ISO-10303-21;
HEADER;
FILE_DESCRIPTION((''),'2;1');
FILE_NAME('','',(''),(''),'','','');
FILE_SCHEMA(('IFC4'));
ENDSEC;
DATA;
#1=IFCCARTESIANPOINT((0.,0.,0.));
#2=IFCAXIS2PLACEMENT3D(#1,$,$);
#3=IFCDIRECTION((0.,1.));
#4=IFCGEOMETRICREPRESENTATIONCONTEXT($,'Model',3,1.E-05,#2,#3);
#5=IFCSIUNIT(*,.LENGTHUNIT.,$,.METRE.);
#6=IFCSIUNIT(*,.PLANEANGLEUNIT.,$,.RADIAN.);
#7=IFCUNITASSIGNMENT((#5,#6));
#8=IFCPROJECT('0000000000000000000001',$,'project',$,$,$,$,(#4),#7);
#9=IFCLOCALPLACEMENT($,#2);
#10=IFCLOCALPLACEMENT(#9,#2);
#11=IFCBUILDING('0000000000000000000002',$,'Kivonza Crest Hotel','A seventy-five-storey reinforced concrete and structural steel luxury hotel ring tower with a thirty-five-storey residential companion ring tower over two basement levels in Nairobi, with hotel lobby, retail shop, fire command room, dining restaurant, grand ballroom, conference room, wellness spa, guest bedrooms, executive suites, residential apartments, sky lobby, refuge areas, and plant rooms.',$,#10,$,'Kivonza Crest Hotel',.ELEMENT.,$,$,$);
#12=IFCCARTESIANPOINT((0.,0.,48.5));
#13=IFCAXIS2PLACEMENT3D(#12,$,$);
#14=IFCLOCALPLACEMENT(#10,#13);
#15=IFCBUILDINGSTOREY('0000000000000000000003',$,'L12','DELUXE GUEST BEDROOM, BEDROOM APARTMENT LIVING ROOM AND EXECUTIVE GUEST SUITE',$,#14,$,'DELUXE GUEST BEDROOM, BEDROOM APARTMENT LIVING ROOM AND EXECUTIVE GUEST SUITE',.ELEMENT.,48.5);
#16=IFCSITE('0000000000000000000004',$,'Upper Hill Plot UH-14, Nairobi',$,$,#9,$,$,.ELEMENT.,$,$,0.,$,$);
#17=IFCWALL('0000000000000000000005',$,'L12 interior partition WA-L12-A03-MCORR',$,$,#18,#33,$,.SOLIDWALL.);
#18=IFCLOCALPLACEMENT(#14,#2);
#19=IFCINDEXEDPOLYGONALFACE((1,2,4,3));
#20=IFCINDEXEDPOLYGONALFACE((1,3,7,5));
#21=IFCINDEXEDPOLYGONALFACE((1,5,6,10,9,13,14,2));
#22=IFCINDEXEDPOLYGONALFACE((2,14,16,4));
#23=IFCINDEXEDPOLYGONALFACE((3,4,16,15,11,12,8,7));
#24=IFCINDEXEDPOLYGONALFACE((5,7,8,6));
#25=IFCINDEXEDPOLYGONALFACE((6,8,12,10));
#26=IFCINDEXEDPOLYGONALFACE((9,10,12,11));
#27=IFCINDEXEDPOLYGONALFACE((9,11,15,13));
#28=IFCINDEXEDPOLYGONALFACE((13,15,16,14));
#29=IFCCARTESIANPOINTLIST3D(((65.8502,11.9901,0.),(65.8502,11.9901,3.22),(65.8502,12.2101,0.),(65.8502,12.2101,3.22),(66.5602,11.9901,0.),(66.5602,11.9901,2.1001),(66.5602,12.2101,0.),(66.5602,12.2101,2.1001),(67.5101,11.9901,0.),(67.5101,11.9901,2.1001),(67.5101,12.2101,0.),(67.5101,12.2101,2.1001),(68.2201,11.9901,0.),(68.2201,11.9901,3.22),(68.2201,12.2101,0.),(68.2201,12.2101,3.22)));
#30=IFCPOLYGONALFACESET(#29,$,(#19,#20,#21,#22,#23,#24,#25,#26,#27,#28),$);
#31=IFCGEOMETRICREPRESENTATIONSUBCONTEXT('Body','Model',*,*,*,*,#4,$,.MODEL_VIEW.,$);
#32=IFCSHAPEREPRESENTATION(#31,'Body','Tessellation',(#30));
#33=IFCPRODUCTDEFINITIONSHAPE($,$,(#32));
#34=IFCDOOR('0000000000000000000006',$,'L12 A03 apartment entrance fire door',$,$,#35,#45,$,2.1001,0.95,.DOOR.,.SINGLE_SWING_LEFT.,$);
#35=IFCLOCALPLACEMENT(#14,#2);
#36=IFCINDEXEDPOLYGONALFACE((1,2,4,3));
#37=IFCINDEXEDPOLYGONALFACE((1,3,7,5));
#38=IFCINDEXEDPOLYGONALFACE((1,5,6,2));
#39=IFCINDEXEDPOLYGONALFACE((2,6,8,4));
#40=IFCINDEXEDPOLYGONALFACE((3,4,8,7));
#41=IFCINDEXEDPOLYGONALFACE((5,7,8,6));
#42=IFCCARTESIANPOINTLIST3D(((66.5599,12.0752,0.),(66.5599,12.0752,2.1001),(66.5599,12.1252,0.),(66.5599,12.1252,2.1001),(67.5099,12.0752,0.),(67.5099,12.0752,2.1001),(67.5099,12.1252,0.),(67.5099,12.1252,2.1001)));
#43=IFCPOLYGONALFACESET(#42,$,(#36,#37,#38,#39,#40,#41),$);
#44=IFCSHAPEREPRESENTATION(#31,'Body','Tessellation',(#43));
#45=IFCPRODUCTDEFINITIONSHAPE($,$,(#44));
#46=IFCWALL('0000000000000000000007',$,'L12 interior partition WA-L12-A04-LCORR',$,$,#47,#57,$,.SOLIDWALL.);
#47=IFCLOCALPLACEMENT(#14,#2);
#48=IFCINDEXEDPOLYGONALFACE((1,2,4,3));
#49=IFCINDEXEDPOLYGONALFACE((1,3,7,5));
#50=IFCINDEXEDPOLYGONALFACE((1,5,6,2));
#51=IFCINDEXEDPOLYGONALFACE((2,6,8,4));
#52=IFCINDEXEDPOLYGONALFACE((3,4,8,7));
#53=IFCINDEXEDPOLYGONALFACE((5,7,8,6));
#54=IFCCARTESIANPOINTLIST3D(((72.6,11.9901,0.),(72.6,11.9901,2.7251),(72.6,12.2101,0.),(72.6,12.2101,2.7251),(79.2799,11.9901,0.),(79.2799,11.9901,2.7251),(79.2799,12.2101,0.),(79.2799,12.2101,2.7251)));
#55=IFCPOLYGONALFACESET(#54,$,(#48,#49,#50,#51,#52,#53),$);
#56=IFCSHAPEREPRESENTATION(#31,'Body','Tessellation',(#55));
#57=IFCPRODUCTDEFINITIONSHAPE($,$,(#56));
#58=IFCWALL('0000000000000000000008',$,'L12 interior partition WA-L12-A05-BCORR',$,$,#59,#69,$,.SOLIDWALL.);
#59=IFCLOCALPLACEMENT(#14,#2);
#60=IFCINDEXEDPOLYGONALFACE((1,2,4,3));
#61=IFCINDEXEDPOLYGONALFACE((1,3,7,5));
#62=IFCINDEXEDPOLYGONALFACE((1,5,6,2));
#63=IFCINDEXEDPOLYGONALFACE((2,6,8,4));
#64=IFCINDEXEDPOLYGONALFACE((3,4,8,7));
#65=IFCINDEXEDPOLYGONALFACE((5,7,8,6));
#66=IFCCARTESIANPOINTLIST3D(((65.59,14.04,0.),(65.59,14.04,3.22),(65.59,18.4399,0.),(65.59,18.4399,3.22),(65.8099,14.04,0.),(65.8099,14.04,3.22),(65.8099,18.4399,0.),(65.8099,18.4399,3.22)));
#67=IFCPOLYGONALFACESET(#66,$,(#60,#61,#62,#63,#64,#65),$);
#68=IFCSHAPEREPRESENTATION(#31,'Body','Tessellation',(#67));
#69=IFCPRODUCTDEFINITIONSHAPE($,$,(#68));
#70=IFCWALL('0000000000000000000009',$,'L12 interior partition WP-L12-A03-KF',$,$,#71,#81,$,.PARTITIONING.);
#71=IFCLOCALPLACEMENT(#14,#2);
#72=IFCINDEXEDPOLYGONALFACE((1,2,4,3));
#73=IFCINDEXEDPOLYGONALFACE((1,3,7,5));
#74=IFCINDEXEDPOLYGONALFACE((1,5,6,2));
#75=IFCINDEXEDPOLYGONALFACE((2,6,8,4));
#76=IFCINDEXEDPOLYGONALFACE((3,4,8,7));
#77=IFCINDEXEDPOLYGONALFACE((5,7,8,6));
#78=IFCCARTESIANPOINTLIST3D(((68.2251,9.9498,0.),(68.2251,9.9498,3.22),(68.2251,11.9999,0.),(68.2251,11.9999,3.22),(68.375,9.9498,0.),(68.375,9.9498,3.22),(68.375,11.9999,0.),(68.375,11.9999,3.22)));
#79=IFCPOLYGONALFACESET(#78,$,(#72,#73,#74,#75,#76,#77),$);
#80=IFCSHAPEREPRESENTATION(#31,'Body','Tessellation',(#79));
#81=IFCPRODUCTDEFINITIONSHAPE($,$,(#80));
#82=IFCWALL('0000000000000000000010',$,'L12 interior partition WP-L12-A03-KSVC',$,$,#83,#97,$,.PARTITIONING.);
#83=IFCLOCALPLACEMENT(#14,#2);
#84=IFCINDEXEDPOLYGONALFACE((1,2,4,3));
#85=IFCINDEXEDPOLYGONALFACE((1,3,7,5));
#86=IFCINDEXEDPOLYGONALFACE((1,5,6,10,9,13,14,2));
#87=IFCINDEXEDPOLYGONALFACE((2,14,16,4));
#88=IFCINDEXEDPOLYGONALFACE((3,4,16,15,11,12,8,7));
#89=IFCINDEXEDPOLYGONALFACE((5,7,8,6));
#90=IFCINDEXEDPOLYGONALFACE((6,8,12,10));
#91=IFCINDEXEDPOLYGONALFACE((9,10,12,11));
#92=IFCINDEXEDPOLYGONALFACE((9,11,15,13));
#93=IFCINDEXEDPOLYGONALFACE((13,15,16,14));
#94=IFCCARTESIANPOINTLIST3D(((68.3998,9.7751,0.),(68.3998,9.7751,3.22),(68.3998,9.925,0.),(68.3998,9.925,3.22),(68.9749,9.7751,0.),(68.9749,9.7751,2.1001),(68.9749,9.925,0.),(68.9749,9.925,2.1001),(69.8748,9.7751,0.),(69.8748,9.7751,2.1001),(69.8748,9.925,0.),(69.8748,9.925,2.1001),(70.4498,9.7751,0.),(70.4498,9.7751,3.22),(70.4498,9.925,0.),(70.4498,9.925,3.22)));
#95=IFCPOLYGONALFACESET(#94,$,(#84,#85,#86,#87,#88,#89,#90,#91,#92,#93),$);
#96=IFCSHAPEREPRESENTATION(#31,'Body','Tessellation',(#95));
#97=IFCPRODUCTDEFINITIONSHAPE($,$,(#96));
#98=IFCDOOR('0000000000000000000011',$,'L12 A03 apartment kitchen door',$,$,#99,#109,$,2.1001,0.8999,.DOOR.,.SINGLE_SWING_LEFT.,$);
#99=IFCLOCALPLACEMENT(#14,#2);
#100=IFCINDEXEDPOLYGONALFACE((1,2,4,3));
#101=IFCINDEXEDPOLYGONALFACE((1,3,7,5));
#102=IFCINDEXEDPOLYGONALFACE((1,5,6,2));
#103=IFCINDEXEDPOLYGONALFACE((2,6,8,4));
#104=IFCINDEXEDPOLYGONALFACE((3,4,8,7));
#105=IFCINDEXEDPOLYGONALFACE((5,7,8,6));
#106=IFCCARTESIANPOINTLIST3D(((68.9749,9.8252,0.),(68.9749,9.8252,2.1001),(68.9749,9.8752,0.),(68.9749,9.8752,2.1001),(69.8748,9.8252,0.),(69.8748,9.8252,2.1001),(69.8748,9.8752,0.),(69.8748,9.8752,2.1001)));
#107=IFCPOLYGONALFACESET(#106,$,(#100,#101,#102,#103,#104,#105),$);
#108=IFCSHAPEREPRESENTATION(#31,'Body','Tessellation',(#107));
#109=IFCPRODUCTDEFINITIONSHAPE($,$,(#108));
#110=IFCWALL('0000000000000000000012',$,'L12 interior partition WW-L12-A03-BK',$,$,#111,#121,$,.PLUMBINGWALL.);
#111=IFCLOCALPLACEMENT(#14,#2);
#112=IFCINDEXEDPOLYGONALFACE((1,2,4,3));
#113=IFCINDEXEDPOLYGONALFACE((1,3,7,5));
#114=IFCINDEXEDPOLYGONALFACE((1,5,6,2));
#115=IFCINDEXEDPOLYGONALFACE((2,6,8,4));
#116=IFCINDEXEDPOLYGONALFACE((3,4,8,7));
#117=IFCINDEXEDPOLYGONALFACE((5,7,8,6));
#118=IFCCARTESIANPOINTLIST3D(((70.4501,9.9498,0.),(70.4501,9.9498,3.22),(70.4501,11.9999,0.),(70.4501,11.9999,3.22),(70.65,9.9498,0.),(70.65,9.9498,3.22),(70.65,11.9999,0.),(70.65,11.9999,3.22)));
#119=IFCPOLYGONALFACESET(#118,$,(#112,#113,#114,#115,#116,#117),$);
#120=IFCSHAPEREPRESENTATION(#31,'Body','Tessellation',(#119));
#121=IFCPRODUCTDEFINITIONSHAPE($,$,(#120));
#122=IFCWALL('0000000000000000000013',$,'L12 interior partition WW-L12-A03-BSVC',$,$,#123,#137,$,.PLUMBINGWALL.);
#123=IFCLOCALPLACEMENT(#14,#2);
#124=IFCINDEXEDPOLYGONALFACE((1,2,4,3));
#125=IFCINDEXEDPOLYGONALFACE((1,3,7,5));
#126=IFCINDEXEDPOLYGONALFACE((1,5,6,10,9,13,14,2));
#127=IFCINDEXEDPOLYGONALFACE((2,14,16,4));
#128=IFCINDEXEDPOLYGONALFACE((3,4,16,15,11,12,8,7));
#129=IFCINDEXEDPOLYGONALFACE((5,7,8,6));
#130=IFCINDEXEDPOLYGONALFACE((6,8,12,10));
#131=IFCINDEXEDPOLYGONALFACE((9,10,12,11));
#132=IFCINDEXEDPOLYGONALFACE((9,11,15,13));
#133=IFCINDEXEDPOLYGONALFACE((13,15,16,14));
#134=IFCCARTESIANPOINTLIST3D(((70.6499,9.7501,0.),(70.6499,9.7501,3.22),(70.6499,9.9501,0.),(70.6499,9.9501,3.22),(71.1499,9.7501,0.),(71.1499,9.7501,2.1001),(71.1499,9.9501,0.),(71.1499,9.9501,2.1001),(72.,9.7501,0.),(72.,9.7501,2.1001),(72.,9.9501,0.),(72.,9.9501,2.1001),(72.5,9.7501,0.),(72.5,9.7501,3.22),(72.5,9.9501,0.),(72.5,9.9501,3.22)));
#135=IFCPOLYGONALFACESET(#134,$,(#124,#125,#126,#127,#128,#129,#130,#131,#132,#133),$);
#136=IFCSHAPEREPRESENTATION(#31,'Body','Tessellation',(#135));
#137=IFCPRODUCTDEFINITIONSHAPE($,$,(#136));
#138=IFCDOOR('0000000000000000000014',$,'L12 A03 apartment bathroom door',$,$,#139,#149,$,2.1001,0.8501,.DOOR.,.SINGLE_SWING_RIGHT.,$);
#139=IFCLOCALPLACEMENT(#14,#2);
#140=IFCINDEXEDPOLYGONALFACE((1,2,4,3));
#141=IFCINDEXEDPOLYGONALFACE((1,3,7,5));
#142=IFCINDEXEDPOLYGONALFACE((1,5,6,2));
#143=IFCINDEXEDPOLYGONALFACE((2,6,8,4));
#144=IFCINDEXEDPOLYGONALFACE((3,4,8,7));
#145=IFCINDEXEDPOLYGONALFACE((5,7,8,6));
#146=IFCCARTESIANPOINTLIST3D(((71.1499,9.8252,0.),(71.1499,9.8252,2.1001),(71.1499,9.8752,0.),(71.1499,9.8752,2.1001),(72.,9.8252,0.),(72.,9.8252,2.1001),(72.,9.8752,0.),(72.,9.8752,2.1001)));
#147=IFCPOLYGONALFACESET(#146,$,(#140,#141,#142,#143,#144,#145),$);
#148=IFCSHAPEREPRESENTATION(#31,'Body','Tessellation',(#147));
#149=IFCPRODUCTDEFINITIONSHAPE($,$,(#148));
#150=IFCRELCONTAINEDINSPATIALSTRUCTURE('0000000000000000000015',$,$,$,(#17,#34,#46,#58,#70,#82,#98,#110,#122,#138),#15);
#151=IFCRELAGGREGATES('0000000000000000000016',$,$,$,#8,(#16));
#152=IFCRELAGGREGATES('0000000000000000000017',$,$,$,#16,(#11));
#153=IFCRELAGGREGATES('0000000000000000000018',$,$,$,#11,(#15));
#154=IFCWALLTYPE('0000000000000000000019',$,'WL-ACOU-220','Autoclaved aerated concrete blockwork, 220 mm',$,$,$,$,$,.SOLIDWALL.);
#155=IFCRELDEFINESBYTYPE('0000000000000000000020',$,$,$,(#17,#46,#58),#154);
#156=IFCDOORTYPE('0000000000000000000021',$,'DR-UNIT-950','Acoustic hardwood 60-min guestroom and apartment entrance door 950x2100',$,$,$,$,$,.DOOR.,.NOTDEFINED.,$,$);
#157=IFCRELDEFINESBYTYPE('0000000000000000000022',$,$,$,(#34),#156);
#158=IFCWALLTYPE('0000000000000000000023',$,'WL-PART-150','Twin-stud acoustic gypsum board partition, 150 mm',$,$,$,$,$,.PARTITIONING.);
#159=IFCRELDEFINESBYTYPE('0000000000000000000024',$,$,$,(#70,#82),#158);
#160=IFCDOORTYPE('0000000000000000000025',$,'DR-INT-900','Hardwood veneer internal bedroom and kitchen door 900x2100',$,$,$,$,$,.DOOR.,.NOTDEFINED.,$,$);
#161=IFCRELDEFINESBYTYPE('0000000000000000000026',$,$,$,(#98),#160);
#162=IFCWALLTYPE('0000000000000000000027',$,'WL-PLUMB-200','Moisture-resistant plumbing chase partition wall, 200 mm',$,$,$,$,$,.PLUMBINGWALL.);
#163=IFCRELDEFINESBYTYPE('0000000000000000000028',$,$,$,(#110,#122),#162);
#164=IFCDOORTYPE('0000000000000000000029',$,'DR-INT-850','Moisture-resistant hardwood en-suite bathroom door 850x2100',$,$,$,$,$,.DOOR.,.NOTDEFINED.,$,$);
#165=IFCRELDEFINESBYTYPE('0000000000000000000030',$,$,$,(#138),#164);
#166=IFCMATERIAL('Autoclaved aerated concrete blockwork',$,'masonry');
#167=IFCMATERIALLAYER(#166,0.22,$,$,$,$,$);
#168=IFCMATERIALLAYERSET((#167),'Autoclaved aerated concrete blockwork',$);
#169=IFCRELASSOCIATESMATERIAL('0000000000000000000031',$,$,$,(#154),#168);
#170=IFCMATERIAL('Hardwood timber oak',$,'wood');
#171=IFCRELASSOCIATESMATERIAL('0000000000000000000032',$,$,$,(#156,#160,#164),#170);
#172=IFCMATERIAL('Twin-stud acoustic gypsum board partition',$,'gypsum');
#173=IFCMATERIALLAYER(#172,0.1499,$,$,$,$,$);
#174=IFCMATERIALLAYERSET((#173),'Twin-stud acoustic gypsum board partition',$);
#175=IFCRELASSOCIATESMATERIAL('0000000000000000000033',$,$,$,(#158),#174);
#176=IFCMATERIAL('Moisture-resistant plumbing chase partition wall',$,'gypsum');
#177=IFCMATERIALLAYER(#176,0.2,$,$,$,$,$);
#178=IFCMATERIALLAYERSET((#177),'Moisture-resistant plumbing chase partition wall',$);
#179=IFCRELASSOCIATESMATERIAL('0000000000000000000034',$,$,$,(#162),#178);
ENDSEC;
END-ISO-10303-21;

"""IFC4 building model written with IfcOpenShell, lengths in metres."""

from ifc_helpers import new_model, si_unit, direction, frame, frame_2d, origin, place, context, subcontext, project, spatial, rectangle, extrude, material, layer, layer_set, type_object, element, fill, save


model = new_model("IFC4")

# Units and contexts
model_context = context("Model", 3, precision=1e-05, world=origin(), true_north=direction((0.0, 1.0)))
body_context = subcontext(model_context, "Body", "Model", "MODEL_VIEW")
ifc_project = project(units=[si_unit("LENGTHUNIT", "METRE"), si_unit("PLANEANGLEUNIT", "RADIAN")], contexts=[model_context])

# Site, building, storey
site_placement = place(None, origin())
site = spatial("IfcSite", under=ifc_project, at=site_placement, Name="Upper Hill Plot UH-14, Nairobi", CompositionType="ELEMENT", RefElevation=0.0)
building_placement = place(site_placement, origin())
building = spatial("IfcBuilding", under=site, at=building_placement, Name="Kivonza Crest Hotel", Description="A seventy-five-storey reinforced concrete and structural steel luxury hotel ring tower with a thirty-five-storey residential companion ring tower over two basement levels in Nairobi, with hotel lobby, retail shop, fire command room, dining restaurant, grand ballroom, conference room, wellness spa, guest bedrooms, executive suites, residential apartments, sky lobby, refuge areas, and plant rooms.", LongName="Kivonza Crest Hotel", CompositionType="ELEMENT")
storey_placement = place(building_placement, frame((0.0, 0.0, 48.5)))
storey = spatial("IfcBuildingStorey", under=building, at=storey_placement, Name="L12", Description="DELUXE GUEST BEDROOM, BEDROOM APARTMENT LIVING ROOM AND EXECUTIVE GUEST SUITE", LongName="DELUXE GUEST BEDROOM, BEDROOM APARTMENT LIVING ROOM AND EXECUTIVE GUEST SUITE", CompositionType="ELEMENT", Elevation=48.5)

# Shared definitions
ifc_material_1 = material(Name="Autoclaved aerated concrete blockwork", Category="masonry")
ifc_layer_1 = layer(ifc_material_1, 0.22)
ifc_layer_set_1 = layer_set([ifc_layer_1], Name="Autoclaved aerated concrete blockwork")
wall_type_1 = type_object("IfcWallType", Name="WL-ACOU-220", Description="Autoclaved aerated concrete blockwork, 220 mm", PredefinedType="SOLIDWALL", material=ifc_layer_set_1)

# Wall, opening, door
wall_1_placement = place(storey_placement, frame((65.8501, 12.1001, 0.0), z_axis=(0.0, 0.0, 1.0), x_axis=(1.0, 0.0, 0.0)))
wall_1 = element("IfcWall", 1, at=wall_1_placement, inside=storey, type_object=wall_type_1, Name="L12 interior partition WA-L12-A03-MCORR", PredefinedType="SOLIDWALL", context=body_context, shape_type="SweptSolid", body=[
    extrude(rectangle(XDim=2.3699, YDim=0.22, at=frame_2d((1.1851, 0.0))), origin(), (0.0, 0.0, 1.0), 3.22),
])
opening_1_placement = place(wall_1_placement, frame((0.71, 0.0, 0.0)))
opening_1 = element("IfcOpeningElement", 2, at=opening_1_placement, cuts=wall_1, PredefinedType="OPENING", context=body_context, shape_type="SweptSolid", body=[
    extrude(rectangle(XDim=0.95, YDim=2.1001, at=frame_2d((0.4751, 1.05))), frame((0.0, 0.1201, 0.0), z_axis=(0.0, -1.0, 0.0), x_axis=(1.0, 0.0, 0.0)), (0.0, 0.0, 1.0), 0.24),
])
ifc_material_2 = material(Name="Hardwood timber oak", Category="wood")
door_type_1 = type_object("IfcDoorType", Name="DR-UNIT-950", Description="Acoustic hardwood 60-min guestroom and apartment entrance door 950x2100", OperationType="NOTDEFINED", PredefinedType="DOOR", material=ifc_material_2)
door_1_placement = place(opening_1_placement, frame((0.95, 0.0, 0.0), z_axis=(0.0, 0.0, 1.0), x_axis=(-1.0, 0.0, 0.0)))
door_1 = element("IfcDoor", 3, at=door_1_placement, inside=storey, type_object=door_type_1, Name="L12 A03 apartment entrance fire door", OperationType="SINGLE_SWING_LEFT", OverallHeight=2.1001, OverallWidth=0.95, PredefinedType="DOOR", context=body_context, shape_type="SweptSolid", body=[
    extrude(rectangle(XDim=0.95, YDim=2.1001, at=frame_2d((0.4751, 1.05))), frame((0.0, 0.0249, 0.0), z_axis=(0.0, -1.0, 0.0), x_axis=(1.0, 0.0, 0.0)), (0.0, 0.0, 1.0), 0.05),
])
fill(opening_1, door_1)

# Walls
wall_2_placement = place(storey_placement, frame((72.6001, 12.1001, 0.0), z_axis=(0.0, 0.0, 1.0), x_axis=(1.0, 0.0, 0.0)))
element("IfcWall", 4, at=wall_2_placement, inside=storey, type_object=wall_type_1, Name="L12 interior partition WA-L12-A04-LCORR", PredefinedType="SOLIDWALL", context=body_context, shape_type="SweptSolid", body=[
    extrude(rectangle(XDim=6.6799, YDim=0.22, at=frame_2d((3.3398, 0.0))), origin(), (0.0, 0.0, 1.0), 2.7251),
])
wall_3_placement = place(storey_placement, frame((65.7, 14.04, 0.0), z_axis=(0.0, 0.0, 1.0), x_axis=(0.0, 1.0, 0.0)))
element("IfcWall", 5, at=wall_3_placement, inside=storey, type_object=wall_type_1, Name="L12 interior partition WA-L12-A05-BCORR", PredefinedType="SOLIDWALL", context=body_context, shape_type="SweptSolid", body=[
    extrude(rectangle(XDim=4.3999, YDim=0.22, at=frame_2d((2.2, 0.0))), origin(), (0.0, 0.0, 1.0), 3.22),
])

# Wall
ifc_material_3 = material(Name="Twin-stud acoustic gypsum board partition", Category="gypsum")
ifc_layer_2 = layer(ifc_material_3, 0.1499)
ifc_layer_set_2 = layer_set([ifc_layer_2], Name="Twin-stud acoustic gypsum board partition")
wall_type_2 = type_object("IfcWallType", Name="WL-PART-150", Description="Twin-stud acoustic gypsum board partition, 150 mm", PredefinedType="PARTITIONING", material=ifc_layer_set_2)
wall_4_placement = place(storey_placement, frame((68.3, 9.95, 0.0), z_axis=(0.0, 0.0, 1.0), x_axis=(0.0, 1.0, 0.0)))
element("IfcWall", 6, at=wall_4_placement, inside=storey, type_object=wall_type_2, Name="L12 interior partition WP-L12-A03-KF", PredefinedType="PARTITIONING", context=body_context, shape_type="SweptSolid", body=[
    extrude(rectangle(XDim=2.05, YDim=0.1499, at=frame_2d((1.0249, 0.0))), origin(), (0.0, 0.0, 1.0), 3.22),
])

# Wall, opening, door
wall_5_placement = place(storey_placement, frame((68.3999, 9.8501, 0.0), z_axis=(0.0, 0.0, 1.0), x_axis=(1.0, 0.0, 0.0)))
wall_5 = element("IfcWall", 7, at=wall_5_placement, inside=storey, type_object=wall_type_2, Name="L12 interior partition WP-L12-A03-KSVC", PredefinedType="PARTITIONING", context=body_context, shape_type="SweptSolid", body=[
    extrude(rectangle(XDim=2.05, YDim=0.1499, at=frame_2d((1.0249, 0.0))), origin(), (0.0, 0.0, 1.0), 3.22),
])
opening_2_placement = place(wall_5_placement, frame((0.575, 0.0, 0.0)))
opening_2 = element("IfcOpeningElement", 8, at=opening_2_placement, cuts=wall_5, PredefinedType="OPENING", context=body_context, shape_type="SweptSolid", body=[
    extrude(rectangle(XDim=0.8999, YDim=2.1001, at=frame_2d((0.45, 1.05))), frame((0.0, 0.085, 0.0), z_axis=(0.0, -1.0, 0.0), x_axis=(1.0, 0.0, 0.0)), (0.0, 0.0, 1.0), 0.1699),
])
door_type_2 = type_object("IfcDoorType", Name="DR-INT-900", Description="Hardwood veneer internal bedroom and kitchen door 900x2100", OperationType="NOTDEFINED", PredefinedType="DOOR", material=ifc_material_2)
door_2_placement = place(opening_2_placement, frame((0.8999, 0.0, 0.0), z_axis=(0.0, 0.0, 1.0), x_axis=(-1.0, 0.0, 0.0)))
door_2 = element("IfcDoor", 9, at=door_2_placement, inside=storey, type_object=door_type_2, Name="L12 A03 apartment kitchen door", OperationType="SINGLE_SWING_LEFT", OverallHeight=2.1001, OverallWidth=0.8999, PredefinedType="DOOR", context=body_context, shape_type="SweptSolid", body=[
    extrude(rectangle(XDim=0.8999, YDim=2.1001, at=frame_2d((0.45, 1.05))), frame((0.0, 0.0249, 0.0), z_axis=(0.0, -1.0, 0.0), x_axis=(1.0, 0.0, 0.0)), (0.0, 0.0, 1.0), 0.05),
])
fill(opening_2, door_2)

# Wall
ifc_material_4 = material(Name="Moisture-resistant plumbing chase partition wall", Category="gypsum")
ifc_layer_3 = layer(ifc_material_4, 0.2)
ifc_layer_set_3 = layer_set([ifc_layer_3], Name="Moisture-resistant plumbing chase partition wall")
wall_type_3 = type_object("IfcWallType", Name="WL-PLUMB-200", Description="Moisture-resistant plumbing chase partition wall, 200 mm", PredefinedType="PLUMBINGWALL", material=ifc_layer_set_3)
wall_6_placement = place(storey_placement, frame((70.55, 9.95, 0.0), z_axis=(0.0, 0.0, 1.0), x_axis=(0.0, 1.0, 0.0)))
element("IfcWall", 10, at=wall_6_placement, inside=storey, type_object=wall_type_3, Name="L12 interior partition WW-L12-A03-BK", PredefinedType="PLUMBINGWALL", context=body_context, shape_type="SweptSolid", body=[
    extrude(rectangle(XDim=2.05, YDim=0.2, at=frame_2d((1.0249, 0.0))), origin(), (0.0, 0.0, 1.0), 3.22),
])

# Wall, opening, door
wall_7_placement = place(storey_placement, frame((70.6499, 9.8501, 0.0), z_axis=(0.0, 0.0, 1.0), x_axis=(1.0, 0.0, 0.0)))
wall_7 = element("IfcWall", 11, at=wall_7_placement, inside=storey, type_object=wall_type_3, Name="L12 interior partition WW-L12-A03-BSVC", PredefinedType="PLUMBINGWALL", context=body_context, shape_type="SweptSolid", body=[
    extrude(rectangle(XDim=1.8501, YDim=0.2, at=frame_2d((0.925, 0.0))), origin(), (0.0, 0.0, 1.0), 3.22),
])
opening_3_placement = place(wall_7_placement, frame((0.5, 0.0, 0.0)))
opening_3 = element("IfcOpeningElement", 12, at=opening_3_placement, cuts=wall_7, PredefinedType="OPENING", context=body_context, shape_type="SweptSolid", body=[
    extrude(rectangle(XDim=0.8501, YDim=2.1001, at=frame_2d((0.425, 1.05))), frame((0.0, 0.1099, 0.0), z_axis=(0.0, -1.0, 0.0), x_axis=(1.0, 0.0, 0.0)), (0.0, 0.0, 1.0), 0.22),
])
door_type_3 = type_object("IfcDoorType", Name="DR-INT-850", Description="Moisture-resistant hardwood en-suite bathroom door 850x2100", OperationType="NOTDEFINED", PredefinedType="DOOR", material=ifc_material_2)
door_3_placement = place(opening_3_placement, frame((0.8501, 0.0, 0.0), z_axis=(0.0, 0.0, 1.0), x_axis=(-1.0, 0.0, 0.0)))
door_3 = element("IfcDoor", 13, at=door_3_placement, inside=storey, type_object=door_type_3, Name="L12 A03 apartment bathroom door", OperationType="SINGLE_SWING_RIGHT", OverallHeight=2.1001, OverallWidth=0.8501, PredefinedType="DOOR", context=body_context, shape_type="SweptSolid", body=[
    extrude(rectangle(XDim=0.8501, YDim=2.1001, at=frame_2d((0.425, 1.05))), frame((0.0, 0.0249, 0.0), z_axis=(0.0, -1.0, 0.0), x_axis=(1.0, 0.0, 0.0)), (0.0, 0.0, 1.0), 0.05),
])
fill(opening_3, door_3)

save(model, "model.ifc")
